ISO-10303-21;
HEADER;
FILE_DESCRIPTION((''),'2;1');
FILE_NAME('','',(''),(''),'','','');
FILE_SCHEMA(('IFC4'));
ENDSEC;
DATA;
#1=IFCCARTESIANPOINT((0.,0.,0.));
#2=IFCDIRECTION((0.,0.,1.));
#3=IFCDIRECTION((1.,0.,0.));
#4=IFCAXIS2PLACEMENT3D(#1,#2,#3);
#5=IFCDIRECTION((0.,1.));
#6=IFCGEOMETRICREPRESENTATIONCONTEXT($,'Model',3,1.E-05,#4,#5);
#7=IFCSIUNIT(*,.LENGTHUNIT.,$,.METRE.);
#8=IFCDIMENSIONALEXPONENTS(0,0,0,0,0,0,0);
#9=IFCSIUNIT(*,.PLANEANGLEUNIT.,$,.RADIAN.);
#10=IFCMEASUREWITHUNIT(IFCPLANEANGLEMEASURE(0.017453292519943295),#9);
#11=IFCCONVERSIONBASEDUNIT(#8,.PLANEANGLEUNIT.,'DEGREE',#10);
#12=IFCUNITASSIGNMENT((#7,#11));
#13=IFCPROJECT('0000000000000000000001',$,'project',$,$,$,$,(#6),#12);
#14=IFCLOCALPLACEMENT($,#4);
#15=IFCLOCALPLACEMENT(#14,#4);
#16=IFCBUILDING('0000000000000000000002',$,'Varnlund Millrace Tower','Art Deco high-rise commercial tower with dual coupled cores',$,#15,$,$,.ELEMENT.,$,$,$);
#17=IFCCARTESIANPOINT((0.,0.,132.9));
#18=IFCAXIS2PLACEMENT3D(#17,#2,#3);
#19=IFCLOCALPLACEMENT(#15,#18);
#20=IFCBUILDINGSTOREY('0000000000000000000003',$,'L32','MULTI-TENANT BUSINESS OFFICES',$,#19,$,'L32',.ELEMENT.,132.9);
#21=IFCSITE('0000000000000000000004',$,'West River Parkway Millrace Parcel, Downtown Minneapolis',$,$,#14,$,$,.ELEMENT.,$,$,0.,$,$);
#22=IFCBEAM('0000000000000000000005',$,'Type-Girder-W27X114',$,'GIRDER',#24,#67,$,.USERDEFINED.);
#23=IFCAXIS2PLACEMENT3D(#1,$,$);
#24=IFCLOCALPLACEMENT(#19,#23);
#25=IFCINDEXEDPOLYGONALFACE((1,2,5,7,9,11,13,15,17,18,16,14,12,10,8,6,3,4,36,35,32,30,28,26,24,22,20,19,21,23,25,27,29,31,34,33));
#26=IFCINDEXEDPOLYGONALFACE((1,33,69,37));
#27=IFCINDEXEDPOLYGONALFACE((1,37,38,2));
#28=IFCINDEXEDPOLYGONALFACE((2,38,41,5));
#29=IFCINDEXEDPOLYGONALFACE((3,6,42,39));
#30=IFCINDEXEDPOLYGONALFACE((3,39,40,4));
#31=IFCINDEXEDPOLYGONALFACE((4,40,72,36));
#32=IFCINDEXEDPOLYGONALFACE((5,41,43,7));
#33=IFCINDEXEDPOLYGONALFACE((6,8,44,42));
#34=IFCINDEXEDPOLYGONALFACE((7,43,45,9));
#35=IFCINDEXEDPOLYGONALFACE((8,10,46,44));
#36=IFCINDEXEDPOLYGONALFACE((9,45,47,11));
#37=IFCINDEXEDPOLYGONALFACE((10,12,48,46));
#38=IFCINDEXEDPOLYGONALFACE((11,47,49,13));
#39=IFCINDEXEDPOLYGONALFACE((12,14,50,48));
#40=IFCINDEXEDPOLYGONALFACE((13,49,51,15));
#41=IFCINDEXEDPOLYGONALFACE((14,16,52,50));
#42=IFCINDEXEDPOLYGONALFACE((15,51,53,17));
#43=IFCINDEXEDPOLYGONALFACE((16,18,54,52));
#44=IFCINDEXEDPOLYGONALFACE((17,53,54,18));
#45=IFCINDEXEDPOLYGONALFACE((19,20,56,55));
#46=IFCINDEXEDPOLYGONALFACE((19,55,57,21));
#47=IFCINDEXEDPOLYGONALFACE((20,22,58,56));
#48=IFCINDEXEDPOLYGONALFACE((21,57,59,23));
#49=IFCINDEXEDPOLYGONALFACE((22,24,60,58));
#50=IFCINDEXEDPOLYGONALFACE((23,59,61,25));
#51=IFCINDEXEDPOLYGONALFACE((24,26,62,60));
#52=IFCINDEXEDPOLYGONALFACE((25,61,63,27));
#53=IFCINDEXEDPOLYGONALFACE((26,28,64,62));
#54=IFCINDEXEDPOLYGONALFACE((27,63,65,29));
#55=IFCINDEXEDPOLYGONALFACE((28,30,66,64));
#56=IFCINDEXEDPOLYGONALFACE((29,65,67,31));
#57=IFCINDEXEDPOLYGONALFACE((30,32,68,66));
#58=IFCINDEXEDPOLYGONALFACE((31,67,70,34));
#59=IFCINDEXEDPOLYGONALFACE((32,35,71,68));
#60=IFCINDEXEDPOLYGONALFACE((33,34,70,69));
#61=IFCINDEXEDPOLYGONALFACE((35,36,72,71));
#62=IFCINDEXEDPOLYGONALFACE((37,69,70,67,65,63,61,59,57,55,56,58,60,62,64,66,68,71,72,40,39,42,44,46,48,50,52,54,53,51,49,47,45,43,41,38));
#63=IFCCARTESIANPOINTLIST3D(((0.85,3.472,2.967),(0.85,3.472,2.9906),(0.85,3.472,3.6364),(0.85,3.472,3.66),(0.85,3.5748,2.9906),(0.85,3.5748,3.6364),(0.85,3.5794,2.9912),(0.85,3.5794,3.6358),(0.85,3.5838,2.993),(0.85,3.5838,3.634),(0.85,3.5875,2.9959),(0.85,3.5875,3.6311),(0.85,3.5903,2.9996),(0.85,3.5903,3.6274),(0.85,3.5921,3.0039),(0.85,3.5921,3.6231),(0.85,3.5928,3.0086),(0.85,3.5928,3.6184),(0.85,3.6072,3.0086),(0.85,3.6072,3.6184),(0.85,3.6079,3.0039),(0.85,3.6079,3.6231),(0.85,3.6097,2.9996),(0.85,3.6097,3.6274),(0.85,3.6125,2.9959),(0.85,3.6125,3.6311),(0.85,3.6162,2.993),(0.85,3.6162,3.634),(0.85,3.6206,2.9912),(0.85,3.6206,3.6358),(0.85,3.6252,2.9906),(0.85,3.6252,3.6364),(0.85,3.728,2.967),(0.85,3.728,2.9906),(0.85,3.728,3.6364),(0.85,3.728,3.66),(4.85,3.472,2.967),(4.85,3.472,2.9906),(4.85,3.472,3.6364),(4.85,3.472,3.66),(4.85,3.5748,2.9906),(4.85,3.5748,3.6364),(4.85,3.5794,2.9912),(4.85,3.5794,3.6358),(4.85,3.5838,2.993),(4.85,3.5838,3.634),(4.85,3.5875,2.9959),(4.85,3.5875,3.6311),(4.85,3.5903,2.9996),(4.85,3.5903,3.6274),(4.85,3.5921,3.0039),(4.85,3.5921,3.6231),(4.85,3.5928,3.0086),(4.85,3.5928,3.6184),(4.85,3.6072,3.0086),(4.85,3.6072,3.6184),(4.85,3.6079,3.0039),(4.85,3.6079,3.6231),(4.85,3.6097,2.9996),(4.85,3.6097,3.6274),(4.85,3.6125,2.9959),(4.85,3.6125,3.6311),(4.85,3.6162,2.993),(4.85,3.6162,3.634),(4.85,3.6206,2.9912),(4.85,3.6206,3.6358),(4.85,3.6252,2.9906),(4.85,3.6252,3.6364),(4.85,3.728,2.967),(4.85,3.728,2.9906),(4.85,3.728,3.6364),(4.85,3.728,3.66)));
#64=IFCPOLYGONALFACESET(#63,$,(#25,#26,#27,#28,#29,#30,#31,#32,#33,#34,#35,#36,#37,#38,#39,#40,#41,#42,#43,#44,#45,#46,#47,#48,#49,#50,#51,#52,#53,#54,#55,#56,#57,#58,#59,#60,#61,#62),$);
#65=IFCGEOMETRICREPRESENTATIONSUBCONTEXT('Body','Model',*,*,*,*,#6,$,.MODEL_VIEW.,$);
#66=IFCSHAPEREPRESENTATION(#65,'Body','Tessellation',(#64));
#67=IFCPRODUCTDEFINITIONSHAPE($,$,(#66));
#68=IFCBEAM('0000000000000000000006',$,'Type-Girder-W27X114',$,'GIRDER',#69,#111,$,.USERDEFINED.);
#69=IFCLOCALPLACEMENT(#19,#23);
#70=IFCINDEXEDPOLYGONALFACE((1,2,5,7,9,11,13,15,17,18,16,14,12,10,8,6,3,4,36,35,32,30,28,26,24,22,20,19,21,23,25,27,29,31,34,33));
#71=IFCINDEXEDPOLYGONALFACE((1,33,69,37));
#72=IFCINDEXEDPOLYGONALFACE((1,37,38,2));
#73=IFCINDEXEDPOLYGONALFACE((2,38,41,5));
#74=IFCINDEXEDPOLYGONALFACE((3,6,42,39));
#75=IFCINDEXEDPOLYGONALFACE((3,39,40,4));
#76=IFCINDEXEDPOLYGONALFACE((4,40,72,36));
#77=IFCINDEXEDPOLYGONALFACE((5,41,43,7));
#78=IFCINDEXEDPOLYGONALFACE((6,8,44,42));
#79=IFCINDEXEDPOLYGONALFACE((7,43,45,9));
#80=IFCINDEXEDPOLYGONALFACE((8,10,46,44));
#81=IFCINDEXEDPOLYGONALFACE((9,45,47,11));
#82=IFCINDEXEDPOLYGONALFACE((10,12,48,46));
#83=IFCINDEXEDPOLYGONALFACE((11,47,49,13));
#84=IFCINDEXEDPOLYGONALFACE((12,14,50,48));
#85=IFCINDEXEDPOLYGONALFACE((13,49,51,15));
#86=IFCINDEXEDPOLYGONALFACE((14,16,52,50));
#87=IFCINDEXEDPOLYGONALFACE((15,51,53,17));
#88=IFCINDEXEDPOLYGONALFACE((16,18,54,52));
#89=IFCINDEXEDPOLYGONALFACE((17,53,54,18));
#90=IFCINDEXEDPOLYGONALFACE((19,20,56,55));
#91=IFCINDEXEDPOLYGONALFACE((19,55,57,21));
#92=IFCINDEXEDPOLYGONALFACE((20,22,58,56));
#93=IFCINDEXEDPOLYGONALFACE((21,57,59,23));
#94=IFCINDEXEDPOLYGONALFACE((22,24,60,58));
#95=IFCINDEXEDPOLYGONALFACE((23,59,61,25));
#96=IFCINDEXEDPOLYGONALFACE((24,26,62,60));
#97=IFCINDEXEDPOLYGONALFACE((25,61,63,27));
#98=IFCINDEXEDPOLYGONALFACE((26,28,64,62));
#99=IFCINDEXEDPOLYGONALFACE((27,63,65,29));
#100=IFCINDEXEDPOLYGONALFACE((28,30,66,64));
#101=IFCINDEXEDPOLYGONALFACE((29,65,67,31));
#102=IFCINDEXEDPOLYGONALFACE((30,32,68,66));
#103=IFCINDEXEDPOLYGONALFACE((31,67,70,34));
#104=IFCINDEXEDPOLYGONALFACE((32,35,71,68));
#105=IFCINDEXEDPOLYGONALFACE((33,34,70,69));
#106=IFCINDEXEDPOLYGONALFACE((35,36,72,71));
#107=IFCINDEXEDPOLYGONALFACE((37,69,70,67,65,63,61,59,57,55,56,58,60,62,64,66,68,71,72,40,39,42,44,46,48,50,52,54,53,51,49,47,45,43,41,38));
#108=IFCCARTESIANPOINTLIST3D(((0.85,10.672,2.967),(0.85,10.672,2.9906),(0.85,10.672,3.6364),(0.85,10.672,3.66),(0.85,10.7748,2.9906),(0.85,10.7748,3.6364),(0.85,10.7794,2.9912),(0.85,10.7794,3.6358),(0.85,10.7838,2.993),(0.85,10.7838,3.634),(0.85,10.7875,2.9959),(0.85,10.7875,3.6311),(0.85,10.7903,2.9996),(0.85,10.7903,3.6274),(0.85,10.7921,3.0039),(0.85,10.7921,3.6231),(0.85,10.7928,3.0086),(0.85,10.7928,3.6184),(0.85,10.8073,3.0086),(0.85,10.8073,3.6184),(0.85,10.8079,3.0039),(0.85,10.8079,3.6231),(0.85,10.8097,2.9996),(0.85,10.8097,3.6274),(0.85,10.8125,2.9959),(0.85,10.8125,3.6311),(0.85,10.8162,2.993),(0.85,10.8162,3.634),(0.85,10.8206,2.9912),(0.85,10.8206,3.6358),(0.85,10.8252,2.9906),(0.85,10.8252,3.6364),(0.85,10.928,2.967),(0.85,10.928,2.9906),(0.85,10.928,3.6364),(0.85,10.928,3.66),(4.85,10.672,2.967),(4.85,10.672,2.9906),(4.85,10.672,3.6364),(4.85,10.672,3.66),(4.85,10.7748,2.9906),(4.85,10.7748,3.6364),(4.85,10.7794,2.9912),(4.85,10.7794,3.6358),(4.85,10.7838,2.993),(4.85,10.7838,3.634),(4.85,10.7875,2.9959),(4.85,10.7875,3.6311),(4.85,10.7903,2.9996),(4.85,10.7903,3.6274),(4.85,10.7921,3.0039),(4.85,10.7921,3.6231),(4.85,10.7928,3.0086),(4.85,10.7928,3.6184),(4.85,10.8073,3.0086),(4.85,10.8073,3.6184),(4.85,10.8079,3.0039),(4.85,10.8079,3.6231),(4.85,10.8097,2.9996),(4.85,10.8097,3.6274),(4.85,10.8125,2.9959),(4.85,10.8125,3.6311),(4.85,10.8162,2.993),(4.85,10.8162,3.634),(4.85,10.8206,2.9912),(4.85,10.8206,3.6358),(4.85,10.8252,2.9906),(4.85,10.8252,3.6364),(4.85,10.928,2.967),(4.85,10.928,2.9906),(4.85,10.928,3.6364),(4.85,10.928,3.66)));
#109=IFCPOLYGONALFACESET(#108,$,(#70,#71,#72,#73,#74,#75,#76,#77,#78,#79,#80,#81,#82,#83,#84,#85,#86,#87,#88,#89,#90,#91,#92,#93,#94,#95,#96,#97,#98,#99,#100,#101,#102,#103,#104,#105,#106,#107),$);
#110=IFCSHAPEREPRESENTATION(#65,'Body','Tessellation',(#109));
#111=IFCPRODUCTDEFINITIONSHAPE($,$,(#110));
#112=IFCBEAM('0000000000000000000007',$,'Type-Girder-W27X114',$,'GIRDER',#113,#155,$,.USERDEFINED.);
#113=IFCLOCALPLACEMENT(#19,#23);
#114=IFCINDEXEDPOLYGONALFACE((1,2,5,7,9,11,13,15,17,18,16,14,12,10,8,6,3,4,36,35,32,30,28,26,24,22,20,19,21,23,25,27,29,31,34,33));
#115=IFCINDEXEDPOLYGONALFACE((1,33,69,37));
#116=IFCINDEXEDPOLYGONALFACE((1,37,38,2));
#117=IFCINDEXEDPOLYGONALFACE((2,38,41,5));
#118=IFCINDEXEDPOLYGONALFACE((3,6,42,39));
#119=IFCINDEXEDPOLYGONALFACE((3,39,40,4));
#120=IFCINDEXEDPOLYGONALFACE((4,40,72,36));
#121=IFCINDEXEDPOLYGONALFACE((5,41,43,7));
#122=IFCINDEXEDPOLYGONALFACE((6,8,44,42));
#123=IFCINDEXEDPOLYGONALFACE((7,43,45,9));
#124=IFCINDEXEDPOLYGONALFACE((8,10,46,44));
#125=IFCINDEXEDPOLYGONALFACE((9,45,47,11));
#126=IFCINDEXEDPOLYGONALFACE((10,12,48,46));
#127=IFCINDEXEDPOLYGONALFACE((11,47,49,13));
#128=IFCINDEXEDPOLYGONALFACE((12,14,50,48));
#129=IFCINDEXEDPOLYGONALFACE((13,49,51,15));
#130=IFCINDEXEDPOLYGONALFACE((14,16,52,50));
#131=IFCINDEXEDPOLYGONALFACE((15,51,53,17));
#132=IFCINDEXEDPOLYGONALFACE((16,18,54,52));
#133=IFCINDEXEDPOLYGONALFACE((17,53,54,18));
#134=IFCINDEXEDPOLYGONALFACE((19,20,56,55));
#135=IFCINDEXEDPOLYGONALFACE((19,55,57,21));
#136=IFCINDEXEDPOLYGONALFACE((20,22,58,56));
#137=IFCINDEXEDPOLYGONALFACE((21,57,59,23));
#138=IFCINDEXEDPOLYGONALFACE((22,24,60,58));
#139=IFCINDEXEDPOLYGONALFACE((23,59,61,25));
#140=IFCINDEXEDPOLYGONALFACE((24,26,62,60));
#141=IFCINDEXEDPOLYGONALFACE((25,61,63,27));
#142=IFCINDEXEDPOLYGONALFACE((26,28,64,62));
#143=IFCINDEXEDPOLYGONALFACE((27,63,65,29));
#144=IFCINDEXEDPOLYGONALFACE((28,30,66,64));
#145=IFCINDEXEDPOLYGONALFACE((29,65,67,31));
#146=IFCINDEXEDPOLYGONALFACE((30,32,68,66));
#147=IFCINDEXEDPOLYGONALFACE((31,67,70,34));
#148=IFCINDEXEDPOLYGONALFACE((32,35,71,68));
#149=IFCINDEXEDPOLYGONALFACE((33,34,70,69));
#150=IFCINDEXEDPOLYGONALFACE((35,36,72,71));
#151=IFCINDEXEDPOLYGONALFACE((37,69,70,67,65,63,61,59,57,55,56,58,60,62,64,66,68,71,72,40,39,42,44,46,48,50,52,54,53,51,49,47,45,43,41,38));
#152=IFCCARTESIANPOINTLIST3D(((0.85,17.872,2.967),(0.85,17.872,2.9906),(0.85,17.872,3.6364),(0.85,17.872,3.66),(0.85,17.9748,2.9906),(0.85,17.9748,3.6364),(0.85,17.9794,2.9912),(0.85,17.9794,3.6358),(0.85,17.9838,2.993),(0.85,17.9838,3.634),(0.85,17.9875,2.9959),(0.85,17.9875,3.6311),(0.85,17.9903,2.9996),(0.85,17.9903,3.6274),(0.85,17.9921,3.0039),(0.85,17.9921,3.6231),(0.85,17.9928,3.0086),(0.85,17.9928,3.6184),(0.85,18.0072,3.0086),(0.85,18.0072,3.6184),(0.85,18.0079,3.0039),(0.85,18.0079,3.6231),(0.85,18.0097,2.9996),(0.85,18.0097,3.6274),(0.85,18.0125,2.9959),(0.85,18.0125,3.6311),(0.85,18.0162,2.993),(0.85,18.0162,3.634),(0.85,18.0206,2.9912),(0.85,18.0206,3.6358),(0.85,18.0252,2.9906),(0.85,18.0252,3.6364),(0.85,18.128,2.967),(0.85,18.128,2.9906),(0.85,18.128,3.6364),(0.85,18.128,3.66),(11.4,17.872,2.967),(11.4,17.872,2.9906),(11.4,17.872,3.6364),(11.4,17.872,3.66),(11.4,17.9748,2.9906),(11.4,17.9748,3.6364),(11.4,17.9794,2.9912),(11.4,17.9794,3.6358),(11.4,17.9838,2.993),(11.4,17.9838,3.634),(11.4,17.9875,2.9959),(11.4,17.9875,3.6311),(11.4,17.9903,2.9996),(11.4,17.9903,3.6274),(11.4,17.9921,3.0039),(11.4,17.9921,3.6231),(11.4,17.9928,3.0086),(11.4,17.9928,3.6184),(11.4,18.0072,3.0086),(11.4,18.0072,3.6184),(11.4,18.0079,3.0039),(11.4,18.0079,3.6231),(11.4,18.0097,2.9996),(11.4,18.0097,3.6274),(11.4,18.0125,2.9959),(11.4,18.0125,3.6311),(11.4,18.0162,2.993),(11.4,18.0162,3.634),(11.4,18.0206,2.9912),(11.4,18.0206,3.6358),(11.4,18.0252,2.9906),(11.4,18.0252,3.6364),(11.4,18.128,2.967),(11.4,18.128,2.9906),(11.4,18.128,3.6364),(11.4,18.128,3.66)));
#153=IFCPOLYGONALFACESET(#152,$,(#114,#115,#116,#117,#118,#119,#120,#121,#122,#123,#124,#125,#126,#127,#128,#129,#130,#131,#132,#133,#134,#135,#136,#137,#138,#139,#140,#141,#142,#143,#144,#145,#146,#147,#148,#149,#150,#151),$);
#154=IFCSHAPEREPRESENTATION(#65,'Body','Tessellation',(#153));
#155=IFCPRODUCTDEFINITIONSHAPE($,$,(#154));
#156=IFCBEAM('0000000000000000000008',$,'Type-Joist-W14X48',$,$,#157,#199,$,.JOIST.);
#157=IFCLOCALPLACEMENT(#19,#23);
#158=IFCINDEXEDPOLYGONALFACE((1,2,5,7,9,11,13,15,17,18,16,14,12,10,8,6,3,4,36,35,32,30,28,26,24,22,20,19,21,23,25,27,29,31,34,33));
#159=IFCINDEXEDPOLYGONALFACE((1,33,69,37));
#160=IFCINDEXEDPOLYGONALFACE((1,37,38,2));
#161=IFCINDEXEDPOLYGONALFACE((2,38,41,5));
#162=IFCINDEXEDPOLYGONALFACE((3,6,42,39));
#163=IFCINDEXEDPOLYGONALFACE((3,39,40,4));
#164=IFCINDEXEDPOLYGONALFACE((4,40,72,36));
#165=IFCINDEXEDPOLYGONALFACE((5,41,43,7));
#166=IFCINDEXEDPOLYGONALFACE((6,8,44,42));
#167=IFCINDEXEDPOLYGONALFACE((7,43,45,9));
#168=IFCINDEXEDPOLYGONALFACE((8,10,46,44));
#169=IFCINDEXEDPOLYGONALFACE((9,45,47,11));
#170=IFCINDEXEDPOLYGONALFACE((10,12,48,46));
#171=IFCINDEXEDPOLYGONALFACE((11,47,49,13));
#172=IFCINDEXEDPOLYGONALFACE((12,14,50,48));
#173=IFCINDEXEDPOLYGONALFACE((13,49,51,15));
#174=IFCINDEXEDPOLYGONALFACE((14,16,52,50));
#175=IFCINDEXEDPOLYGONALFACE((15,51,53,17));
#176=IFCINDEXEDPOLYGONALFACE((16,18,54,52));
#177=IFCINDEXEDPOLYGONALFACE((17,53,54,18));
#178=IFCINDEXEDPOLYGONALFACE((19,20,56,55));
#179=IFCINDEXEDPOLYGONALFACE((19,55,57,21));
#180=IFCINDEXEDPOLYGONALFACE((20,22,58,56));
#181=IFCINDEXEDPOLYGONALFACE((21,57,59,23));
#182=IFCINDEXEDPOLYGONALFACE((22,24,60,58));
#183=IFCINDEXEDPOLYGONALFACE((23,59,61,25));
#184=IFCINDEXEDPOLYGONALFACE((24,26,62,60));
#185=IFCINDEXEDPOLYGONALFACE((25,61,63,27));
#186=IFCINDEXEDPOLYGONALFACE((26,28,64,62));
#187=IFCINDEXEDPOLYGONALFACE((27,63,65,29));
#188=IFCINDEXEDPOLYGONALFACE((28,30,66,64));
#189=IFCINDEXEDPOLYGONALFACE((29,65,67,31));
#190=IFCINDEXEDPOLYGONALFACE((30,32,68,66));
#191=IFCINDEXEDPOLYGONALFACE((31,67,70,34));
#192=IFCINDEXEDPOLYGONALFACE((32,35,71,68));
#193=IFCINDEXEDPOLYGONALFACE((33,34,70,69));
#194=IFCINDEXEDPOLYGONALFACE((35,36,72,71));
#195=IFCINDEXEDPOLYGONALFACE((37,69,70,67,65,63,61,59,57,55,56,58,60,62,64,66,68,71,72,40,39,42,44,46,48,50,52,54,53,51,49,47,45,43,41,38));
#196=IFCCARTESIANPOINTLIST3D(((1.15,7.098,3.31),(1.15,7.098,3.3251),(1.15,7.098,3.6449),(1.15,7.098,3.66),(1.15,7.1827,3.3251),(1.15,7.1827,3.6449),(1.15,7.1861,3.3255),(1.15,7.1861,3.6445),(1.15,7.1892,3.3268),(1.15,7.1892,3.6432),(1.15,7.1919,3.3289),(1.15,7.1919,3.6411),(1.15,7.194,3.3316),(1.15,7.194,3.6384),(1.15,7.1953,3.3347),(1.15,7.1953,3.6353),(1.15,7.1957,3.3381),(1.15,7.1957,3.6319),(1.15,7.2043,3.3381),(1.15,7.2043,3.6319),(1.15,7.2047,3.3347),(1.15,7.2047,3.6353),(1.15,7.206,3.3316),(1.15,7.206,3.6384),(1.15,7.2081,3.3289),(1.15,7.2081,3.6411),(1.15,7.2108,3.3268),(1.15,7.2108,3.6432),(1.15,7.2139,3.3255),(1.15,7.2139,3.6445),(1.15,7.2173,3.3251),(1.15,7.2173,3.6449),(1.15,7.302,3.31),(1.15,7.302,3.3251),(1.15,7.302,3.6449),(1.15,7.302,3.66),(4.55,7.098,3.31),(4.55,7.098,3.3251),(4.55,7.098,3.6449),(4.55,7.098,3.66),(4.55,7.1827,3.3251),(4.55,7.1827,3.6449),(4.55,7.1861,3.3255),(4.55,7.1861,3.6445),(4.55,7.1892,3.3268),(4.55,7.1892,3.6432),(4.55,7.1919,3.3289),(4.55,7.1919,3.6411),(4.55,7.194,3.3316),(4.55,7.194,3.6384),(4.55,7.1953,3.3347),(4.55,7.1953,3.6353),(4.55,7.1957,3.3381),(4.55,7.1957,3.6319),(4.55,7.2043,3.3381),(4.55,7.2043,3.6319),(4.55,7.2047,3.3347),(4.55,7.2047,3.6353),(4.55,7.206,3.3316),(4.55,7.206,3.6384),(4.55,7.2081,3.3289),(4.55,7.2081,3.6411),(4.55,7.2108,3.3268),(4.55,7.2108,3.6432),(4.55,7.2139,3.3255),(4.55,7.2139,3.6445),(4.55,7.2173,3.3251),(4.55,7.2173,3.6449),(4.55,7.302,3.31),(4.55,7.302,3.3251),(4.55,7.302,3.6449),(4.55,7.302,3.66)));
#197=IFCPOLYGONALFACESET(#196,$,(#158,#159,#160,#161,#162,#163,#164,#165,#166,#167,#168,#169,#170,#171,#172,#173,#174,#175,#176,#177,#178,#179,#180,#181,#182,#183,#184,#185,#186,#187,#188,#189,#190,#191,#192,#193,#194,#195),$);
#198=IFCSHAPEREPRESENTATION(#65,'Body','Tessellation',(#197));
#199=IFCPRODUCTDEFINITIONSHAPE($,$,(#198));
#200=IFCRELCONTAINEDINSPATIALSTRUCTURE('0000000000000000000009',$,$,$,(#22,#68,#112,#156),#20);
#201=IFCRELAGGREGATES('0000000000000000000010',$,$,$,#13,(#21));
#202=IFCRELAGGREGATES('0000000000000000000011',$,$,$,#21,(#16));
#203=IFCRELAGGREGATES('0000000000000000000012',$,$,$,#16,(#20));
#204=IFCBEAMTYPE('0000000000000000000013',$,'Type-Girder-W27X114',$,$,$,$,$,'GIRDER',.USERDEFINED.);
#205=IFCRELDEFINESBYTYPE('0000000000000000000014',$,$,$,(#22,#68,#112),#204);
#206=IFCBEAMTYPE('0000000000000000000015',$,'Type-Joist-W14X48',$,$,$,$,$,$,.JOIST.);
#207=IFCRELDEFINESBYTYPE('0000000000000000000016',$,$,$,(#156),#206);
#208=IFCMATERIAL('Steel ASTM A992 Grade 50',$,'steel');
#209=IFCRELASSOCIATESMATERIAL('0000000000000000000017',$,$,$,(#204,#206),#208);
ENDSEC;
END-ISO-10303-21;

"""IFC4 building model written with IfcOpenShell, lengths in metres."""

from ifc_helpers import new_model, entity, si_unit, converted_unit, direction, frame, origin_with_axes, origin_2d_with_axis, place, context, subcontext, project, spatial, i_section, extrude, material, material_profile, profile_set, type_object, element, save


model = new_model("IFC4")

# Units and contexts
model_context = context("Model", 3, precision=1e-05, world=origin_with_axes(), true_north=direction((0.0, 1.0)))
body_context = subcontext(model_context, "Body", "Model", "MODEL_VIEW")
ifc_project = project(units=[si_unit("LENGTHUNIT", "METRE"), converted_unit("PLANEANGLEUNIT", "DEGREE", entity("IfcPlaneAngleMeasure", 0.017453292519943295), si_unit("PLANEANGLEUNIT", "RADIAN"), dimensions=[0, 0, 0, 0, 0, 0, 0])], contexts=[model_context])

# Site, building, storey
site_placement = place(None, origin_with_axes())
site = spatial("IfcSite", under=ifc_project, at=site_placement, Name="West River Parkway Millrace Parcel, Downtown Minneapolis", CompositionType="ELEMENT", RefElevation=0.0)
building_placement = place(site_placement, origin_with_axes())
building = spatial("IfcBuilding", under=site, at=building_placement, Name="Varnlund Millrace Tower", Description="Art Deco high-rise commercial tower with dual coupled cores", CompositionType="ELEMENT")
storey_placement = place(building_placement, frame((0.0, 0.0, 132.9), z_axis=(0.0, 0.0, 1.0), x_axis=(1.0, 0.0, 0.0)))
storey = spatial("IfcBuildingStorey", under=building, at=storey_placement, Name="L32", Description="MULTI-TENANT BUSINESS OFFICES", LongName="L32", CompositionType="ELEMENT", Elevation=132.9)

# Beams
ifc_material_1 = material(Name="Steel ASTM A992 Grade 50", Category="steel")
ifc_material_profile_1 = material_profile(ifc_material_1, i_section(OverallWidth=0.256, OverallDepth=0.693, WebThickness=0.0145, FlangeThickness=0.0236, FilletRadius=0.018, at=origin_2d_with_axis()), Name="Steel ASTM A992 Grade 50")
ifc_profile_set_1 = profile_set([ifc_material_profile_1], Name="Steel ASTM A992 Grade 50")
beam_type_1 = type_object("IfcBeamType", Name="Type-Girder-W27X114", ElementType="GIRDER", PredefinedType="USERDEFINED", material=ifc_profile_set_1)
for number, where, z_axis, x_axis, name in (
    (1, (0.85, 3.6, 3.3135), (1.0, 0.0, 0.0), (0.0, 1.0, 0.0), "Type-Girder-W27X114"),
    (2, (0.85, 10.8, 3.3135), (1.0, 0.0, 0.0), (0.0, 1.0, 0.0), "Type-Girder-W27X114"),
):
    element("IfcBeam", number, at=place(storey_placement, frame(where, z_axis=z_axis, x_axis=x_axis)), inside=storey, type_object=beam_type_1, Name=name, ObjectType="GIRDER", PredefinedType="USERDEFINED", context=body_context, shape_type="SweptSolid", body=[
        extrude(i_section(OverallWidth=0.256, OverallDepth=0.693, WebThickness=0.0145, FlangeThickness=0.0236, FilletRadius=0.018, at=origin_2d_with_axis()), origin_with_axes(), (0.0, 0.0, 1.0), 4.0),
    ])
beam_1_placement = place(storey_placement, frame((0.85, 18.0, 3.3135), z_axis=(1.0, 0.0, 0.0), x_axis=(0.0, 1.0, 0.0)))
element("IfcBeam", 3, at=beam_1_placement, inside=storey, type_object=beam_type_1, Name="Type-Girder-W27X114", ObjectType="GIRDER", PredefinedType="USERDEFINED", context=body_context, shape_type="SweptSolid", body=[
    extrude(i_section(OverallWidth=0.256, OverallDepth=0.693, WebThickness=0.0145, FlangeThickness=0.0236, FilletRadius=0.018, at=origin_2d_with_axis()), origin_with_axes(), (0.0, 0.0, 1.0), 10.55),
])
ifc_material_profile_2 = material_profile(ifc_material_1, i_section(OverallWidth=0.204, OverallDepth=0.35, WebThickness=0.0086, FlangeThickness=0.0151, FilletRadius=0.013, at=origin_2d_with_axis()), Name="Steel ASTM A992 Grade 50")
ifc_profile_set_2 = profile_set([ifc_material_profile_2], Name="Steel ASTM A992 Grade 50")
beam_type_2 = type_object("IfcBeamType", Name="Type-Joist-W14X48", PredefinedType="JOIST", material=ifc_profile_set_2)
for number, where, z_axis, x_axis, name in (
    (4, (1.15, 7.2, 3.485), (1.0, 0.0, 0.0), (0.0, 1.0, 0.0), "Type-Joist-W14X48"),
):
    element("IfcBeam", number, at=place(storey_placement, frame(where, z_axis=z_axis, x_axis=x_axis)), inside=storey, type_object=beam_type_2, Name=name, PredefinedType="JOIST", context=body_context, shape_type="SweptSolid", body=[
        extrude(i_section(OverallWidth=0.204, OverallDepth=0.35, WebThickness=0.0086, FlangeThickness=0.0151, FilletRadius=0.013, at=origin_2d_with_axis()), origin_with_axes(), (0.0, 0.0, 1.0), 3.4),
    ])

save(model, "model.ifc")
